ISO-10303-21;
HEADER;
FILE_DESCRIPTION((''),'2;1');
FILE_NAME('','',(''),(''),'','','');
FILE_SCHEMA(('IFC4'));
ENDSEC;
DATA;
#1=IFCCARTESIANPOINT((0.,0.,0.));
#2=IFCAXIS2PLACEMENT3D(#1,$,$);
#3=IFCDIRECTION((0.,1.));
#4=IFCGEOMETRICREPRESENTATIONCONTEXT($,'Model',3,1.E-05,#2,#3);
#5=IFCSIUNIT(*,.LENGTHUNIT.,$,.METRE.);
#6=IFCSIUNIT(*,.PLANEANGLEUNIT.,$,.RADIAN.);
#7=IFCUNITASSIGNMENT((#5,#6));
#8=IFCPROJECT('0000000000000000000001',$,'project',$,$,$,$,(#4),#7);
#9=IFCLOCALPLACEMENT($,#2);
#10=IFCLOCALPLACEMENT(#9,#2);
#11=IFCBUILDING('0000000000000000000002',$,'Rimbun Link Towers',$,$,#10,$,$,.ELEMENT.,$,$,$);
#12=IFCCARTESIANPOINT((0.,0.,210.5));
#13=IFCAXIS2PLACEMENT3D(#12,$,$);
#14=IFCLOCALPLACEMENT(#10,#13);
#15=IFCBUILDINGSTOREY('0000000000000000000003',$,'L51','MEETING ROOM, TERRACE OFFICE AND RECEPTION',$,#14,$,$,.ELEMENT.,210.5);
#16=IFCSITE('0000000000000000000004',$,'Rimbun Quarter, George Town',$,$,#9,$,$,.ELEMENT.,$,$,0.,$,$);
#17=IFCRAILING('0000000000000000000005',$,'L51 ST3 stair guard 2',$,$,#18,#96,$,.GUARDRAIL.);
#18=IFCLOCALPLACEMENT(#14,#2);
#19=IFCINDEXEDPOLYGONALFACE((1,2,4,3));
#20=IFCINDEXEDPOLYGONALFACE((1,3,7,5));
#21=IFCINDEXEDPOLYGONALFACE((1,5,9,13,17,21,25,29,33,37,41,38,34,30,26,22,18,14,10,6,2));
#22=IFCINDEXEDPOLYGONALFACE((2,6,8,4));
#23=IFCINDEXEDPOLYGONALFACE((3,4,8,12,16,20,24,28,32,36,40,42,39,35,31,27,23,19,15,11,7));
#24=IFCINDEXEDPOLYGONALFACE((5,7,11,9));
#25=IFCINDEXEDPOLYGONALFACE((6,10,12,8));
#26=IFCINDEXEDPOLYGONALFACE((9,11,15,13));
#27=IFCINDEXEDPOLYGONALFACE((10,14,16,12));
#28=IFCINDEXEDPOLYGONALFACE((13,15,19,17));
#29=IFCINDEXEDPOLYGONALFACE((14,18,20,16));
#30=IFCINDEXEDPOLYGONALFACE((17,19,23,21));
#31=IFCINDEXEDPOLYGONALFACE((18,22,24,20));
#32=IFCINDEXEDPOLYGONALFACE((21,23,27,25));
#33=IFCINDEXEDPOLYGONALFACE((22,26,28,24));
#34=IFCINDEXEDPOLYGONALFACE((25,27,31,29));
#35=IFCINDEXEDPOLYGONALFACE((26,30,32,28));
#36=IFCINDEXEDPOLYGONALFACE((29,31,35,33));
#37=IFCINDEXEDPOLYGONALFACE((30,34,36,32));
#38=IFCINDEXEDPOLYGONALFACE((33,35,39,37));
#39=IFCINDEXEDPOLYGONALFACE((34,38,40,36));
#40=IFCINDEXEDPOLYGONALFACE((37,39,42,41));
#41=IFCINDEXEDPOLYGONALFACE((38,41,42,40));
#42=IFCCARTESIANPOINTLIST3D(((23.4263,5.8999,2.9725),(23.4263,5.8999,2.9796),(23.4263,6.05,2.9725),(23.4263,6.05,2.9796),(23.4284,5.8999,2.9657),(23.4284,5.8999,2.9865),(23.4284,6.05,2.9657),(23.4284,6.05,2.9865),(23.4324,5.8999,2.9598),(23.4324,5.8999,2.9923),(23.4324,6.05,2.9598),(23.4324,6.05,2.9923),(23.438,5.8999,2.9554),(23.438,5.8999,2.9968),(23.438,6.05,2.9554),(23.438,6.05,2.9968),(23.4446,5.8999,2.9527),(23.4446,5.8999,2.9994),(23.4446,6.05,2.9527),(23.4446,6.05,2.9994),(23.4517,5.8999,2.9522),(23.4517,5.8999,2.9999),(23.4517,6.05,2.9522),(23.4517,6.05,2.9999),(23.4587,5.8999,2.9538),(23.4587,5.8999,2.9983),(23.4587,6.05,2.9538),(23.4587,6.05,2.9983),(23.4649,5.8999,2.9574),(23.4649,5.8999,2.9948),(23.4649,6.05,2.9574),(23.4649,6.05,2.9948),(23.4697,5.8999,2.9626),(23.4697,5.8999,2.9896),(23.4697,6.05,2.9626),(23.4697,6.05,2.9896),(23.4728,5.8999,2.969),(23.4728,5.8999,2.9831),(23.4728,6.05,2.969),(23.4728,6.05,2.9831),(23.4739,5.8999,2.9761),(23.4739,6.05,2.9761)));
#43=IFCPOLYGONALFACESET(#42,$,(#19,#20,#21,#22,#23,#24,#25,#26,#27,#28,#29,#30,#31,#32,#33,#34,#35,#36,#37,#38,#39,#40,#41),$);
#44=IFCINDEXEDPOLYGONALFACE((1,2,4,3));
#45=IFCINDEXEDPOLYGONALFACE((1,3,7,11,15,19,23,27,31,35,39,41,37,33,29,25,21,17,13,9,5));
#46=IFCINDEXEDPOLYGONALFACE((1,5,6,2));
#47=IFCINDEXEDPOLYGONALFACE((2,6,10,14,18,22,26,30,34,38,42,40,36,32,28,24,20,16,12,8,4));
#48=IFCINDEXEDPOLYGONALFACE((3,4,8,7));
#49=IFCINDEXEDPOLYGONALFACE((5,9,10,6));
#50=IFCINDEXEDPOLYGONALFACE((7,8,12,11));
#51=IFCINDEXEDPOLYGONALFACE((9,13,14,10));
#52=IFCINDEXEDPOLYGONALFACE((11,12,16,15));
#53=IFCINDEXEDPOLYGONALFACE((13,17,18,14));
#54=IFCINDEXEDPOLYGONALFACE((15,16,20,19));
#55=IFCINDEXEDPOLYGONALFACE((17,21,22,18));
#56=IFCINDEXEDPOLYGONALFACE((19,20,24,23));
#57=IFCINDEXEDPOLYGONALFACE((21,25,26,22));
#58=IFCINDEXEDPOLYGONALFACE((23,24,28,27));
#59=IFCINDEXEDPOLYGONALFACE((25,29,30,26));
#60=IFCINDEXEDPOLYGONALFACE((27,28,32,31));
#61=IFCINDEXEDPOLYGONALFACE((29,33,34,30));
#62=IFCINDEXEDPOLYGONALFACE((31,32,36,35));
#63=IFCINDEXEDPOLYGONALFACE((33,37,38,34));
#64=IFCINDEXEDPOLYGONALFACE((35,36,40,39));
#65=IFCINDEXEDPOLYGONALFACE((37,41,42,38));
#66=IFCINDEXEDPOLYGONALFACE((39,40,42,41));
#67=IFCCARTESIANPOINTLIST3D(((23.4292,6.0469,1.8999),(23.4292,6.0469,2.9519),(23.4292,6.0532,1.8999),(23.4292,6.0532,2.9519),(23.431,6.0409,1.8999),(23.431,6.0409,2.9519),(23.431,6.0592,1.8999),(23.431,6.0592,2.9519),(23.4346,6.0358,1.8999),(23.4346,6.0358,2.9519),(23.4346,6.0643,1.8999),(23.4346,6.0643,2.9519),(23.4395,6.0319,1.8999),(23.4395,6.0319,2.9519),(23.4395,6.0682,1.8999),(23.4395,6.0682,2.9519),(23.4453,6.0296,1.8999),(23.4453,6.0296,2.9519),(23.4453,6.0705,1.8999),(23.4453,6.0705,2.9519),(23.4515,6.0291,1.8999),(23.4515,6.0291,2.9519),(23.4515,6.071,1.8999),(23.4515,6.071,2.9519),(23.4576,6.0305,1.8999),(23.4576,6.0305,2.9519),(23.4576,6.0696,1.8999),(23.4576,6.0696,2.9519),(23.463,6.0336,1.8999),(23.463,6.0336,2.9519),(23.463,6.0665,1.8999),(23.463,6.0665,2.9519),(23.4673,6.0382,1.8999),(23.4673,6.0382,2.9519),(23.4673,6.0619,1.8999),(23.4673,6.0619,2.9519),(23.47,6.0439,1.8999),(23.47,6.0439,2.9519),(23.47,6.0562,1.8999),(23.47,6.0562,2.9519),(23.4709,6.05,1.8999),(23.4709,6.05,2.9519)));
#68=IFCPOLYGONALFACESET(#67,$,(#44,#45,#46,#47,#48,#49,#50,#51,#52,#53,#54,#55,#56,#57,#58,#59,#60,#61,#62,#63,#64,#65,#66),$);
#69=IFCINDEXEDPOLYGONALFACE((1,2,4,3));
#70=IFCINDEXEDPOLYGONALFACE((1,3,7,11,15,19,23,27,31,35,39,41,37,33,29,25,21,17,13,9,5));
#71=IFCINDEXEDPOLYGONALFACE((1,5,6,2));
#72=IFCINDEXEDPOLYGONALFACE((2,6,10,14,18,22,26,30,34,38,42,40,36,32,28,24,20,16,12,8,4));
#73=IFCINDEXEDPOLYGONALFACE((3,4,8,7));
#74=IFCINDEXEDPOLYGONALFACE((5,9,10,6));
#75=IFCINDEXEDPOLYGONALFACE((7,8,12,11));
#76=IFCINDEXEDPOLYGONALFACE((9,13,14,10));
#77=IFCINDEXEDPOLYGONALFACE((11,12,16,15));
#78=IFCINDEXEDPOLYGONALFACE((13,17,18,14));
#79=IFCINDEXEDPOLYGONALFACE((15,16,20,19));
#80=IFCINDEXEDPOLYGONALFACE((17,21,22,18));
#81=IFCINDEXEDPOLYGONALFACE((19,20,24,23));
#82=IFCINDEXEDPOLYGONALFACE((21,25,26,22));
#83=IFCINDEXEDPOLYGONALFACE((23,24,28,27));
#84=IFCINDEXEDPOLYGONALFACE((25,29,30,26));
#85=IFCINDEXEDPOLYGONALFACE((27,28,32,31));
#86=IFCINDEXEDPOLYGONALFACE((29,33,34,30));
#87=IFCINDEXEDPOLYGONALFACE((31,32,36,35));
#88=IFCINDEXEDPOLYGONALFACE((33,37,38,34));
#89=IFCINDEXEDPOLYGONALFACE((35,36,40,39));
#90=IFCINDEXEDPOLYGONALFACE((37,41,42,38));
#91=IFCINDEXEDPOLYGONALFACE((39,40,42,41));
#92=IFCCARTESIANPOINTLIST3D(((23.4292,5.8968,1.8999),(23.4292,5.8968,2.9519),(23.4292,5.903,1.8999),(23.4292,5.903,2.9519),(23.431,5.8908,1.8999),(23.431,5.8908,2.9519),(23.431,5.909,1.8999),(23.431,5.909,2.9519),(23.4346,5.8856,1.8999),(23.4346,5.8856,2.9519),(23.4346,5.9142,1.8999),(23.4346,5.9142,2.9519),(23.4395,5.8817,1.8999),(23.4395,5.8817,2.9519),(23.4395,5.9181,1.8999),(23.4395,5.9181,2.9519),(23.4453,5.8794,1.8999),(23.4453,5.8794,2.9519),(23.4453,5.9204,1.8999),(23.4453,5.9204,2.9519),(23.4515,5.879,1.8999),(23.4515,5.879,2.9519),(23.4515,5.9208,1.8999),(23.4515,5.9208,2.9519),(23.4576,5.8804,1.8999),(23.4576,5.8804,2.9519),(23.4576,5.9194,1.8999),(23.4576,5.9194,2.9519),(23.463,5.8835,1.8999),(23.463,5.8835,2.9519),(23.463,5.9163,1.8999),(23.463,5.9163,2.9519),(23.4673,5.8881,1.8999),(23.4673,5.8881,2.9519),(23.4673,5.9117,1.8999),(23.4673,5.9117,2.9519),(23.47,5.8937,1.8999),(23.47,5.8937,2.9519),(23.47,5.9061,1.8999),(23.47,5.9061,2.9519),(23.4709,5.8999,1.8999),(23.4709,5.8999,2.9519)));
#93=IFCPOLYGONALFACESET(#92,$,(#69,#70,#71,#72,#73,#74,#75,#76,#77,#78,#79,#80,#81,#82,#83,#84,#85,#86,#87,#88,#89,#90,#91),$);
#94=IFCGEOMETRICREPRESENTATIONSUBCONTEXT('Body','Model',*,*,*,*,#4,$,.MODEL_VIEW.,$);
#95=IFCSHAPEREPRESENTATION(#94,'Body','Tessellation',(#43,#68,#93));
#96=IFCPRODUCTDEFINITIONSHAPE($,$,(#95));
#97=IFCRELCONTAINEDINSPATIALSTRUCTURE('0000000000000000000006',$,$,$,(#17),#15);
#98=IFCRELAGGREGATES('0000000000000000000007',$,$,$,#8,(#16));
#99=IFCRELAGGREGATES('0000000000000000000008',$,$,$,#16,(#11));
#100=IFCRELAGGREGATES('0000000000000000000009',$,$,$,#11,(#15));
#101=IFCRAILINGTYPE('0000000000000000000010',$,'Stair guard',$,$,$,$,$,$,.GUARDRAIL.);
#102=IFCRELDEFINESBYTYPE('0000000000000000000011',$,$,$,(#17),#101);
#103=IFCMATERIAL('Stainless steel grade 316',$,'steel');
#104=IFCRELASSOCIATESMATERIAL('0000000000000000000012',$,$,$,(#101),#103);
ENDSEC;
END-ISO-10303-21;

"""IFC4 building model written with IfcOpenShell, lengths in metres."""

from ifc_helpers import new_model, si_unit, direction, frame, origin, origin_2d, place, context, subcontext, project, spatial, circle, extrude, material, type_object, element, save


model = new_model("IFC4")

# Units and contexts
model_context = context("Model", 3, precision=1e-05, world=origin(), true_north=direction((0.0, 1.0)))
body_context = subcontext(model_context, "Body", "Model", "MODEL_VIEW")
ifc_project = project(units=[si_unit("LENGTHUNIT", "METRE"), si_unit("PLANEANGLEUNIT", "RADIAN")], contexts=[model_context])

# Site, building, storey
site_placement = place(None, origin())
site = spatial("IfcSite", under=ifc_project, at=site_placement, Name="Rimbun Quarter, George Town", CompositionType="ELEMENT", RefElevation=0.0)
building_placement = place(site_placement, origin())
building = spatial("IfcBuilding", under=site, at=building_placement, Name="Rimbun Link Towers", CompositionType="ELEMENT")
storey_placement = place(building_placement, frame((0.0, 0.0, 210.5)))
storey = spatial("IfcBuildingStorey", under=building, at=storey_placement, Name="L51", Description="MEETING ROOM, TERRACE OFFICE AND RECEPTION", CompositionType="ELEMENT", Elevation=210.5)

# Railing
ifc_material_1 = material(Name="Stainless steel grade 316", Category="steel")
railing_type_1 = type_object("IfcRailingType", Name="Stair guard", PredefinedType="GUARDRAIL", material=ifc_material_1)
railing_1_placement = place(storey_placement, frame((23.45, 6.05, 1.8999)))
element("IfcRailing", 1, at=railing_1_placement, inside=storey, type_object=railing_type_1, Name="L51 ST3 stair guard 2", PredefinedType="GUARDRAIL", context=body_context, shape_type="SweptSolid", body=[
    extrude(circle(Radius=0.0239, at=origin_2d()), frame((0.0, 0.0, 1.0762), z_axis=(0.0, -1.0, 0.0), x_axis=(1.0, 0.0, 0.0)), (0.0, 0.0, 1.0), 0.1501),
    extrude(circle(Radius=0.021, at=origin_2d()), origin(), (0.0, 0.0, 1.0), 1.052),
    extrude(circle(Radius=0.021, at=origin_2d()), frame((0.0, -0.1501, 0.0)), (0.0, 0.0, 1.0), 1.052),
])

save(model, "model.ifc")
